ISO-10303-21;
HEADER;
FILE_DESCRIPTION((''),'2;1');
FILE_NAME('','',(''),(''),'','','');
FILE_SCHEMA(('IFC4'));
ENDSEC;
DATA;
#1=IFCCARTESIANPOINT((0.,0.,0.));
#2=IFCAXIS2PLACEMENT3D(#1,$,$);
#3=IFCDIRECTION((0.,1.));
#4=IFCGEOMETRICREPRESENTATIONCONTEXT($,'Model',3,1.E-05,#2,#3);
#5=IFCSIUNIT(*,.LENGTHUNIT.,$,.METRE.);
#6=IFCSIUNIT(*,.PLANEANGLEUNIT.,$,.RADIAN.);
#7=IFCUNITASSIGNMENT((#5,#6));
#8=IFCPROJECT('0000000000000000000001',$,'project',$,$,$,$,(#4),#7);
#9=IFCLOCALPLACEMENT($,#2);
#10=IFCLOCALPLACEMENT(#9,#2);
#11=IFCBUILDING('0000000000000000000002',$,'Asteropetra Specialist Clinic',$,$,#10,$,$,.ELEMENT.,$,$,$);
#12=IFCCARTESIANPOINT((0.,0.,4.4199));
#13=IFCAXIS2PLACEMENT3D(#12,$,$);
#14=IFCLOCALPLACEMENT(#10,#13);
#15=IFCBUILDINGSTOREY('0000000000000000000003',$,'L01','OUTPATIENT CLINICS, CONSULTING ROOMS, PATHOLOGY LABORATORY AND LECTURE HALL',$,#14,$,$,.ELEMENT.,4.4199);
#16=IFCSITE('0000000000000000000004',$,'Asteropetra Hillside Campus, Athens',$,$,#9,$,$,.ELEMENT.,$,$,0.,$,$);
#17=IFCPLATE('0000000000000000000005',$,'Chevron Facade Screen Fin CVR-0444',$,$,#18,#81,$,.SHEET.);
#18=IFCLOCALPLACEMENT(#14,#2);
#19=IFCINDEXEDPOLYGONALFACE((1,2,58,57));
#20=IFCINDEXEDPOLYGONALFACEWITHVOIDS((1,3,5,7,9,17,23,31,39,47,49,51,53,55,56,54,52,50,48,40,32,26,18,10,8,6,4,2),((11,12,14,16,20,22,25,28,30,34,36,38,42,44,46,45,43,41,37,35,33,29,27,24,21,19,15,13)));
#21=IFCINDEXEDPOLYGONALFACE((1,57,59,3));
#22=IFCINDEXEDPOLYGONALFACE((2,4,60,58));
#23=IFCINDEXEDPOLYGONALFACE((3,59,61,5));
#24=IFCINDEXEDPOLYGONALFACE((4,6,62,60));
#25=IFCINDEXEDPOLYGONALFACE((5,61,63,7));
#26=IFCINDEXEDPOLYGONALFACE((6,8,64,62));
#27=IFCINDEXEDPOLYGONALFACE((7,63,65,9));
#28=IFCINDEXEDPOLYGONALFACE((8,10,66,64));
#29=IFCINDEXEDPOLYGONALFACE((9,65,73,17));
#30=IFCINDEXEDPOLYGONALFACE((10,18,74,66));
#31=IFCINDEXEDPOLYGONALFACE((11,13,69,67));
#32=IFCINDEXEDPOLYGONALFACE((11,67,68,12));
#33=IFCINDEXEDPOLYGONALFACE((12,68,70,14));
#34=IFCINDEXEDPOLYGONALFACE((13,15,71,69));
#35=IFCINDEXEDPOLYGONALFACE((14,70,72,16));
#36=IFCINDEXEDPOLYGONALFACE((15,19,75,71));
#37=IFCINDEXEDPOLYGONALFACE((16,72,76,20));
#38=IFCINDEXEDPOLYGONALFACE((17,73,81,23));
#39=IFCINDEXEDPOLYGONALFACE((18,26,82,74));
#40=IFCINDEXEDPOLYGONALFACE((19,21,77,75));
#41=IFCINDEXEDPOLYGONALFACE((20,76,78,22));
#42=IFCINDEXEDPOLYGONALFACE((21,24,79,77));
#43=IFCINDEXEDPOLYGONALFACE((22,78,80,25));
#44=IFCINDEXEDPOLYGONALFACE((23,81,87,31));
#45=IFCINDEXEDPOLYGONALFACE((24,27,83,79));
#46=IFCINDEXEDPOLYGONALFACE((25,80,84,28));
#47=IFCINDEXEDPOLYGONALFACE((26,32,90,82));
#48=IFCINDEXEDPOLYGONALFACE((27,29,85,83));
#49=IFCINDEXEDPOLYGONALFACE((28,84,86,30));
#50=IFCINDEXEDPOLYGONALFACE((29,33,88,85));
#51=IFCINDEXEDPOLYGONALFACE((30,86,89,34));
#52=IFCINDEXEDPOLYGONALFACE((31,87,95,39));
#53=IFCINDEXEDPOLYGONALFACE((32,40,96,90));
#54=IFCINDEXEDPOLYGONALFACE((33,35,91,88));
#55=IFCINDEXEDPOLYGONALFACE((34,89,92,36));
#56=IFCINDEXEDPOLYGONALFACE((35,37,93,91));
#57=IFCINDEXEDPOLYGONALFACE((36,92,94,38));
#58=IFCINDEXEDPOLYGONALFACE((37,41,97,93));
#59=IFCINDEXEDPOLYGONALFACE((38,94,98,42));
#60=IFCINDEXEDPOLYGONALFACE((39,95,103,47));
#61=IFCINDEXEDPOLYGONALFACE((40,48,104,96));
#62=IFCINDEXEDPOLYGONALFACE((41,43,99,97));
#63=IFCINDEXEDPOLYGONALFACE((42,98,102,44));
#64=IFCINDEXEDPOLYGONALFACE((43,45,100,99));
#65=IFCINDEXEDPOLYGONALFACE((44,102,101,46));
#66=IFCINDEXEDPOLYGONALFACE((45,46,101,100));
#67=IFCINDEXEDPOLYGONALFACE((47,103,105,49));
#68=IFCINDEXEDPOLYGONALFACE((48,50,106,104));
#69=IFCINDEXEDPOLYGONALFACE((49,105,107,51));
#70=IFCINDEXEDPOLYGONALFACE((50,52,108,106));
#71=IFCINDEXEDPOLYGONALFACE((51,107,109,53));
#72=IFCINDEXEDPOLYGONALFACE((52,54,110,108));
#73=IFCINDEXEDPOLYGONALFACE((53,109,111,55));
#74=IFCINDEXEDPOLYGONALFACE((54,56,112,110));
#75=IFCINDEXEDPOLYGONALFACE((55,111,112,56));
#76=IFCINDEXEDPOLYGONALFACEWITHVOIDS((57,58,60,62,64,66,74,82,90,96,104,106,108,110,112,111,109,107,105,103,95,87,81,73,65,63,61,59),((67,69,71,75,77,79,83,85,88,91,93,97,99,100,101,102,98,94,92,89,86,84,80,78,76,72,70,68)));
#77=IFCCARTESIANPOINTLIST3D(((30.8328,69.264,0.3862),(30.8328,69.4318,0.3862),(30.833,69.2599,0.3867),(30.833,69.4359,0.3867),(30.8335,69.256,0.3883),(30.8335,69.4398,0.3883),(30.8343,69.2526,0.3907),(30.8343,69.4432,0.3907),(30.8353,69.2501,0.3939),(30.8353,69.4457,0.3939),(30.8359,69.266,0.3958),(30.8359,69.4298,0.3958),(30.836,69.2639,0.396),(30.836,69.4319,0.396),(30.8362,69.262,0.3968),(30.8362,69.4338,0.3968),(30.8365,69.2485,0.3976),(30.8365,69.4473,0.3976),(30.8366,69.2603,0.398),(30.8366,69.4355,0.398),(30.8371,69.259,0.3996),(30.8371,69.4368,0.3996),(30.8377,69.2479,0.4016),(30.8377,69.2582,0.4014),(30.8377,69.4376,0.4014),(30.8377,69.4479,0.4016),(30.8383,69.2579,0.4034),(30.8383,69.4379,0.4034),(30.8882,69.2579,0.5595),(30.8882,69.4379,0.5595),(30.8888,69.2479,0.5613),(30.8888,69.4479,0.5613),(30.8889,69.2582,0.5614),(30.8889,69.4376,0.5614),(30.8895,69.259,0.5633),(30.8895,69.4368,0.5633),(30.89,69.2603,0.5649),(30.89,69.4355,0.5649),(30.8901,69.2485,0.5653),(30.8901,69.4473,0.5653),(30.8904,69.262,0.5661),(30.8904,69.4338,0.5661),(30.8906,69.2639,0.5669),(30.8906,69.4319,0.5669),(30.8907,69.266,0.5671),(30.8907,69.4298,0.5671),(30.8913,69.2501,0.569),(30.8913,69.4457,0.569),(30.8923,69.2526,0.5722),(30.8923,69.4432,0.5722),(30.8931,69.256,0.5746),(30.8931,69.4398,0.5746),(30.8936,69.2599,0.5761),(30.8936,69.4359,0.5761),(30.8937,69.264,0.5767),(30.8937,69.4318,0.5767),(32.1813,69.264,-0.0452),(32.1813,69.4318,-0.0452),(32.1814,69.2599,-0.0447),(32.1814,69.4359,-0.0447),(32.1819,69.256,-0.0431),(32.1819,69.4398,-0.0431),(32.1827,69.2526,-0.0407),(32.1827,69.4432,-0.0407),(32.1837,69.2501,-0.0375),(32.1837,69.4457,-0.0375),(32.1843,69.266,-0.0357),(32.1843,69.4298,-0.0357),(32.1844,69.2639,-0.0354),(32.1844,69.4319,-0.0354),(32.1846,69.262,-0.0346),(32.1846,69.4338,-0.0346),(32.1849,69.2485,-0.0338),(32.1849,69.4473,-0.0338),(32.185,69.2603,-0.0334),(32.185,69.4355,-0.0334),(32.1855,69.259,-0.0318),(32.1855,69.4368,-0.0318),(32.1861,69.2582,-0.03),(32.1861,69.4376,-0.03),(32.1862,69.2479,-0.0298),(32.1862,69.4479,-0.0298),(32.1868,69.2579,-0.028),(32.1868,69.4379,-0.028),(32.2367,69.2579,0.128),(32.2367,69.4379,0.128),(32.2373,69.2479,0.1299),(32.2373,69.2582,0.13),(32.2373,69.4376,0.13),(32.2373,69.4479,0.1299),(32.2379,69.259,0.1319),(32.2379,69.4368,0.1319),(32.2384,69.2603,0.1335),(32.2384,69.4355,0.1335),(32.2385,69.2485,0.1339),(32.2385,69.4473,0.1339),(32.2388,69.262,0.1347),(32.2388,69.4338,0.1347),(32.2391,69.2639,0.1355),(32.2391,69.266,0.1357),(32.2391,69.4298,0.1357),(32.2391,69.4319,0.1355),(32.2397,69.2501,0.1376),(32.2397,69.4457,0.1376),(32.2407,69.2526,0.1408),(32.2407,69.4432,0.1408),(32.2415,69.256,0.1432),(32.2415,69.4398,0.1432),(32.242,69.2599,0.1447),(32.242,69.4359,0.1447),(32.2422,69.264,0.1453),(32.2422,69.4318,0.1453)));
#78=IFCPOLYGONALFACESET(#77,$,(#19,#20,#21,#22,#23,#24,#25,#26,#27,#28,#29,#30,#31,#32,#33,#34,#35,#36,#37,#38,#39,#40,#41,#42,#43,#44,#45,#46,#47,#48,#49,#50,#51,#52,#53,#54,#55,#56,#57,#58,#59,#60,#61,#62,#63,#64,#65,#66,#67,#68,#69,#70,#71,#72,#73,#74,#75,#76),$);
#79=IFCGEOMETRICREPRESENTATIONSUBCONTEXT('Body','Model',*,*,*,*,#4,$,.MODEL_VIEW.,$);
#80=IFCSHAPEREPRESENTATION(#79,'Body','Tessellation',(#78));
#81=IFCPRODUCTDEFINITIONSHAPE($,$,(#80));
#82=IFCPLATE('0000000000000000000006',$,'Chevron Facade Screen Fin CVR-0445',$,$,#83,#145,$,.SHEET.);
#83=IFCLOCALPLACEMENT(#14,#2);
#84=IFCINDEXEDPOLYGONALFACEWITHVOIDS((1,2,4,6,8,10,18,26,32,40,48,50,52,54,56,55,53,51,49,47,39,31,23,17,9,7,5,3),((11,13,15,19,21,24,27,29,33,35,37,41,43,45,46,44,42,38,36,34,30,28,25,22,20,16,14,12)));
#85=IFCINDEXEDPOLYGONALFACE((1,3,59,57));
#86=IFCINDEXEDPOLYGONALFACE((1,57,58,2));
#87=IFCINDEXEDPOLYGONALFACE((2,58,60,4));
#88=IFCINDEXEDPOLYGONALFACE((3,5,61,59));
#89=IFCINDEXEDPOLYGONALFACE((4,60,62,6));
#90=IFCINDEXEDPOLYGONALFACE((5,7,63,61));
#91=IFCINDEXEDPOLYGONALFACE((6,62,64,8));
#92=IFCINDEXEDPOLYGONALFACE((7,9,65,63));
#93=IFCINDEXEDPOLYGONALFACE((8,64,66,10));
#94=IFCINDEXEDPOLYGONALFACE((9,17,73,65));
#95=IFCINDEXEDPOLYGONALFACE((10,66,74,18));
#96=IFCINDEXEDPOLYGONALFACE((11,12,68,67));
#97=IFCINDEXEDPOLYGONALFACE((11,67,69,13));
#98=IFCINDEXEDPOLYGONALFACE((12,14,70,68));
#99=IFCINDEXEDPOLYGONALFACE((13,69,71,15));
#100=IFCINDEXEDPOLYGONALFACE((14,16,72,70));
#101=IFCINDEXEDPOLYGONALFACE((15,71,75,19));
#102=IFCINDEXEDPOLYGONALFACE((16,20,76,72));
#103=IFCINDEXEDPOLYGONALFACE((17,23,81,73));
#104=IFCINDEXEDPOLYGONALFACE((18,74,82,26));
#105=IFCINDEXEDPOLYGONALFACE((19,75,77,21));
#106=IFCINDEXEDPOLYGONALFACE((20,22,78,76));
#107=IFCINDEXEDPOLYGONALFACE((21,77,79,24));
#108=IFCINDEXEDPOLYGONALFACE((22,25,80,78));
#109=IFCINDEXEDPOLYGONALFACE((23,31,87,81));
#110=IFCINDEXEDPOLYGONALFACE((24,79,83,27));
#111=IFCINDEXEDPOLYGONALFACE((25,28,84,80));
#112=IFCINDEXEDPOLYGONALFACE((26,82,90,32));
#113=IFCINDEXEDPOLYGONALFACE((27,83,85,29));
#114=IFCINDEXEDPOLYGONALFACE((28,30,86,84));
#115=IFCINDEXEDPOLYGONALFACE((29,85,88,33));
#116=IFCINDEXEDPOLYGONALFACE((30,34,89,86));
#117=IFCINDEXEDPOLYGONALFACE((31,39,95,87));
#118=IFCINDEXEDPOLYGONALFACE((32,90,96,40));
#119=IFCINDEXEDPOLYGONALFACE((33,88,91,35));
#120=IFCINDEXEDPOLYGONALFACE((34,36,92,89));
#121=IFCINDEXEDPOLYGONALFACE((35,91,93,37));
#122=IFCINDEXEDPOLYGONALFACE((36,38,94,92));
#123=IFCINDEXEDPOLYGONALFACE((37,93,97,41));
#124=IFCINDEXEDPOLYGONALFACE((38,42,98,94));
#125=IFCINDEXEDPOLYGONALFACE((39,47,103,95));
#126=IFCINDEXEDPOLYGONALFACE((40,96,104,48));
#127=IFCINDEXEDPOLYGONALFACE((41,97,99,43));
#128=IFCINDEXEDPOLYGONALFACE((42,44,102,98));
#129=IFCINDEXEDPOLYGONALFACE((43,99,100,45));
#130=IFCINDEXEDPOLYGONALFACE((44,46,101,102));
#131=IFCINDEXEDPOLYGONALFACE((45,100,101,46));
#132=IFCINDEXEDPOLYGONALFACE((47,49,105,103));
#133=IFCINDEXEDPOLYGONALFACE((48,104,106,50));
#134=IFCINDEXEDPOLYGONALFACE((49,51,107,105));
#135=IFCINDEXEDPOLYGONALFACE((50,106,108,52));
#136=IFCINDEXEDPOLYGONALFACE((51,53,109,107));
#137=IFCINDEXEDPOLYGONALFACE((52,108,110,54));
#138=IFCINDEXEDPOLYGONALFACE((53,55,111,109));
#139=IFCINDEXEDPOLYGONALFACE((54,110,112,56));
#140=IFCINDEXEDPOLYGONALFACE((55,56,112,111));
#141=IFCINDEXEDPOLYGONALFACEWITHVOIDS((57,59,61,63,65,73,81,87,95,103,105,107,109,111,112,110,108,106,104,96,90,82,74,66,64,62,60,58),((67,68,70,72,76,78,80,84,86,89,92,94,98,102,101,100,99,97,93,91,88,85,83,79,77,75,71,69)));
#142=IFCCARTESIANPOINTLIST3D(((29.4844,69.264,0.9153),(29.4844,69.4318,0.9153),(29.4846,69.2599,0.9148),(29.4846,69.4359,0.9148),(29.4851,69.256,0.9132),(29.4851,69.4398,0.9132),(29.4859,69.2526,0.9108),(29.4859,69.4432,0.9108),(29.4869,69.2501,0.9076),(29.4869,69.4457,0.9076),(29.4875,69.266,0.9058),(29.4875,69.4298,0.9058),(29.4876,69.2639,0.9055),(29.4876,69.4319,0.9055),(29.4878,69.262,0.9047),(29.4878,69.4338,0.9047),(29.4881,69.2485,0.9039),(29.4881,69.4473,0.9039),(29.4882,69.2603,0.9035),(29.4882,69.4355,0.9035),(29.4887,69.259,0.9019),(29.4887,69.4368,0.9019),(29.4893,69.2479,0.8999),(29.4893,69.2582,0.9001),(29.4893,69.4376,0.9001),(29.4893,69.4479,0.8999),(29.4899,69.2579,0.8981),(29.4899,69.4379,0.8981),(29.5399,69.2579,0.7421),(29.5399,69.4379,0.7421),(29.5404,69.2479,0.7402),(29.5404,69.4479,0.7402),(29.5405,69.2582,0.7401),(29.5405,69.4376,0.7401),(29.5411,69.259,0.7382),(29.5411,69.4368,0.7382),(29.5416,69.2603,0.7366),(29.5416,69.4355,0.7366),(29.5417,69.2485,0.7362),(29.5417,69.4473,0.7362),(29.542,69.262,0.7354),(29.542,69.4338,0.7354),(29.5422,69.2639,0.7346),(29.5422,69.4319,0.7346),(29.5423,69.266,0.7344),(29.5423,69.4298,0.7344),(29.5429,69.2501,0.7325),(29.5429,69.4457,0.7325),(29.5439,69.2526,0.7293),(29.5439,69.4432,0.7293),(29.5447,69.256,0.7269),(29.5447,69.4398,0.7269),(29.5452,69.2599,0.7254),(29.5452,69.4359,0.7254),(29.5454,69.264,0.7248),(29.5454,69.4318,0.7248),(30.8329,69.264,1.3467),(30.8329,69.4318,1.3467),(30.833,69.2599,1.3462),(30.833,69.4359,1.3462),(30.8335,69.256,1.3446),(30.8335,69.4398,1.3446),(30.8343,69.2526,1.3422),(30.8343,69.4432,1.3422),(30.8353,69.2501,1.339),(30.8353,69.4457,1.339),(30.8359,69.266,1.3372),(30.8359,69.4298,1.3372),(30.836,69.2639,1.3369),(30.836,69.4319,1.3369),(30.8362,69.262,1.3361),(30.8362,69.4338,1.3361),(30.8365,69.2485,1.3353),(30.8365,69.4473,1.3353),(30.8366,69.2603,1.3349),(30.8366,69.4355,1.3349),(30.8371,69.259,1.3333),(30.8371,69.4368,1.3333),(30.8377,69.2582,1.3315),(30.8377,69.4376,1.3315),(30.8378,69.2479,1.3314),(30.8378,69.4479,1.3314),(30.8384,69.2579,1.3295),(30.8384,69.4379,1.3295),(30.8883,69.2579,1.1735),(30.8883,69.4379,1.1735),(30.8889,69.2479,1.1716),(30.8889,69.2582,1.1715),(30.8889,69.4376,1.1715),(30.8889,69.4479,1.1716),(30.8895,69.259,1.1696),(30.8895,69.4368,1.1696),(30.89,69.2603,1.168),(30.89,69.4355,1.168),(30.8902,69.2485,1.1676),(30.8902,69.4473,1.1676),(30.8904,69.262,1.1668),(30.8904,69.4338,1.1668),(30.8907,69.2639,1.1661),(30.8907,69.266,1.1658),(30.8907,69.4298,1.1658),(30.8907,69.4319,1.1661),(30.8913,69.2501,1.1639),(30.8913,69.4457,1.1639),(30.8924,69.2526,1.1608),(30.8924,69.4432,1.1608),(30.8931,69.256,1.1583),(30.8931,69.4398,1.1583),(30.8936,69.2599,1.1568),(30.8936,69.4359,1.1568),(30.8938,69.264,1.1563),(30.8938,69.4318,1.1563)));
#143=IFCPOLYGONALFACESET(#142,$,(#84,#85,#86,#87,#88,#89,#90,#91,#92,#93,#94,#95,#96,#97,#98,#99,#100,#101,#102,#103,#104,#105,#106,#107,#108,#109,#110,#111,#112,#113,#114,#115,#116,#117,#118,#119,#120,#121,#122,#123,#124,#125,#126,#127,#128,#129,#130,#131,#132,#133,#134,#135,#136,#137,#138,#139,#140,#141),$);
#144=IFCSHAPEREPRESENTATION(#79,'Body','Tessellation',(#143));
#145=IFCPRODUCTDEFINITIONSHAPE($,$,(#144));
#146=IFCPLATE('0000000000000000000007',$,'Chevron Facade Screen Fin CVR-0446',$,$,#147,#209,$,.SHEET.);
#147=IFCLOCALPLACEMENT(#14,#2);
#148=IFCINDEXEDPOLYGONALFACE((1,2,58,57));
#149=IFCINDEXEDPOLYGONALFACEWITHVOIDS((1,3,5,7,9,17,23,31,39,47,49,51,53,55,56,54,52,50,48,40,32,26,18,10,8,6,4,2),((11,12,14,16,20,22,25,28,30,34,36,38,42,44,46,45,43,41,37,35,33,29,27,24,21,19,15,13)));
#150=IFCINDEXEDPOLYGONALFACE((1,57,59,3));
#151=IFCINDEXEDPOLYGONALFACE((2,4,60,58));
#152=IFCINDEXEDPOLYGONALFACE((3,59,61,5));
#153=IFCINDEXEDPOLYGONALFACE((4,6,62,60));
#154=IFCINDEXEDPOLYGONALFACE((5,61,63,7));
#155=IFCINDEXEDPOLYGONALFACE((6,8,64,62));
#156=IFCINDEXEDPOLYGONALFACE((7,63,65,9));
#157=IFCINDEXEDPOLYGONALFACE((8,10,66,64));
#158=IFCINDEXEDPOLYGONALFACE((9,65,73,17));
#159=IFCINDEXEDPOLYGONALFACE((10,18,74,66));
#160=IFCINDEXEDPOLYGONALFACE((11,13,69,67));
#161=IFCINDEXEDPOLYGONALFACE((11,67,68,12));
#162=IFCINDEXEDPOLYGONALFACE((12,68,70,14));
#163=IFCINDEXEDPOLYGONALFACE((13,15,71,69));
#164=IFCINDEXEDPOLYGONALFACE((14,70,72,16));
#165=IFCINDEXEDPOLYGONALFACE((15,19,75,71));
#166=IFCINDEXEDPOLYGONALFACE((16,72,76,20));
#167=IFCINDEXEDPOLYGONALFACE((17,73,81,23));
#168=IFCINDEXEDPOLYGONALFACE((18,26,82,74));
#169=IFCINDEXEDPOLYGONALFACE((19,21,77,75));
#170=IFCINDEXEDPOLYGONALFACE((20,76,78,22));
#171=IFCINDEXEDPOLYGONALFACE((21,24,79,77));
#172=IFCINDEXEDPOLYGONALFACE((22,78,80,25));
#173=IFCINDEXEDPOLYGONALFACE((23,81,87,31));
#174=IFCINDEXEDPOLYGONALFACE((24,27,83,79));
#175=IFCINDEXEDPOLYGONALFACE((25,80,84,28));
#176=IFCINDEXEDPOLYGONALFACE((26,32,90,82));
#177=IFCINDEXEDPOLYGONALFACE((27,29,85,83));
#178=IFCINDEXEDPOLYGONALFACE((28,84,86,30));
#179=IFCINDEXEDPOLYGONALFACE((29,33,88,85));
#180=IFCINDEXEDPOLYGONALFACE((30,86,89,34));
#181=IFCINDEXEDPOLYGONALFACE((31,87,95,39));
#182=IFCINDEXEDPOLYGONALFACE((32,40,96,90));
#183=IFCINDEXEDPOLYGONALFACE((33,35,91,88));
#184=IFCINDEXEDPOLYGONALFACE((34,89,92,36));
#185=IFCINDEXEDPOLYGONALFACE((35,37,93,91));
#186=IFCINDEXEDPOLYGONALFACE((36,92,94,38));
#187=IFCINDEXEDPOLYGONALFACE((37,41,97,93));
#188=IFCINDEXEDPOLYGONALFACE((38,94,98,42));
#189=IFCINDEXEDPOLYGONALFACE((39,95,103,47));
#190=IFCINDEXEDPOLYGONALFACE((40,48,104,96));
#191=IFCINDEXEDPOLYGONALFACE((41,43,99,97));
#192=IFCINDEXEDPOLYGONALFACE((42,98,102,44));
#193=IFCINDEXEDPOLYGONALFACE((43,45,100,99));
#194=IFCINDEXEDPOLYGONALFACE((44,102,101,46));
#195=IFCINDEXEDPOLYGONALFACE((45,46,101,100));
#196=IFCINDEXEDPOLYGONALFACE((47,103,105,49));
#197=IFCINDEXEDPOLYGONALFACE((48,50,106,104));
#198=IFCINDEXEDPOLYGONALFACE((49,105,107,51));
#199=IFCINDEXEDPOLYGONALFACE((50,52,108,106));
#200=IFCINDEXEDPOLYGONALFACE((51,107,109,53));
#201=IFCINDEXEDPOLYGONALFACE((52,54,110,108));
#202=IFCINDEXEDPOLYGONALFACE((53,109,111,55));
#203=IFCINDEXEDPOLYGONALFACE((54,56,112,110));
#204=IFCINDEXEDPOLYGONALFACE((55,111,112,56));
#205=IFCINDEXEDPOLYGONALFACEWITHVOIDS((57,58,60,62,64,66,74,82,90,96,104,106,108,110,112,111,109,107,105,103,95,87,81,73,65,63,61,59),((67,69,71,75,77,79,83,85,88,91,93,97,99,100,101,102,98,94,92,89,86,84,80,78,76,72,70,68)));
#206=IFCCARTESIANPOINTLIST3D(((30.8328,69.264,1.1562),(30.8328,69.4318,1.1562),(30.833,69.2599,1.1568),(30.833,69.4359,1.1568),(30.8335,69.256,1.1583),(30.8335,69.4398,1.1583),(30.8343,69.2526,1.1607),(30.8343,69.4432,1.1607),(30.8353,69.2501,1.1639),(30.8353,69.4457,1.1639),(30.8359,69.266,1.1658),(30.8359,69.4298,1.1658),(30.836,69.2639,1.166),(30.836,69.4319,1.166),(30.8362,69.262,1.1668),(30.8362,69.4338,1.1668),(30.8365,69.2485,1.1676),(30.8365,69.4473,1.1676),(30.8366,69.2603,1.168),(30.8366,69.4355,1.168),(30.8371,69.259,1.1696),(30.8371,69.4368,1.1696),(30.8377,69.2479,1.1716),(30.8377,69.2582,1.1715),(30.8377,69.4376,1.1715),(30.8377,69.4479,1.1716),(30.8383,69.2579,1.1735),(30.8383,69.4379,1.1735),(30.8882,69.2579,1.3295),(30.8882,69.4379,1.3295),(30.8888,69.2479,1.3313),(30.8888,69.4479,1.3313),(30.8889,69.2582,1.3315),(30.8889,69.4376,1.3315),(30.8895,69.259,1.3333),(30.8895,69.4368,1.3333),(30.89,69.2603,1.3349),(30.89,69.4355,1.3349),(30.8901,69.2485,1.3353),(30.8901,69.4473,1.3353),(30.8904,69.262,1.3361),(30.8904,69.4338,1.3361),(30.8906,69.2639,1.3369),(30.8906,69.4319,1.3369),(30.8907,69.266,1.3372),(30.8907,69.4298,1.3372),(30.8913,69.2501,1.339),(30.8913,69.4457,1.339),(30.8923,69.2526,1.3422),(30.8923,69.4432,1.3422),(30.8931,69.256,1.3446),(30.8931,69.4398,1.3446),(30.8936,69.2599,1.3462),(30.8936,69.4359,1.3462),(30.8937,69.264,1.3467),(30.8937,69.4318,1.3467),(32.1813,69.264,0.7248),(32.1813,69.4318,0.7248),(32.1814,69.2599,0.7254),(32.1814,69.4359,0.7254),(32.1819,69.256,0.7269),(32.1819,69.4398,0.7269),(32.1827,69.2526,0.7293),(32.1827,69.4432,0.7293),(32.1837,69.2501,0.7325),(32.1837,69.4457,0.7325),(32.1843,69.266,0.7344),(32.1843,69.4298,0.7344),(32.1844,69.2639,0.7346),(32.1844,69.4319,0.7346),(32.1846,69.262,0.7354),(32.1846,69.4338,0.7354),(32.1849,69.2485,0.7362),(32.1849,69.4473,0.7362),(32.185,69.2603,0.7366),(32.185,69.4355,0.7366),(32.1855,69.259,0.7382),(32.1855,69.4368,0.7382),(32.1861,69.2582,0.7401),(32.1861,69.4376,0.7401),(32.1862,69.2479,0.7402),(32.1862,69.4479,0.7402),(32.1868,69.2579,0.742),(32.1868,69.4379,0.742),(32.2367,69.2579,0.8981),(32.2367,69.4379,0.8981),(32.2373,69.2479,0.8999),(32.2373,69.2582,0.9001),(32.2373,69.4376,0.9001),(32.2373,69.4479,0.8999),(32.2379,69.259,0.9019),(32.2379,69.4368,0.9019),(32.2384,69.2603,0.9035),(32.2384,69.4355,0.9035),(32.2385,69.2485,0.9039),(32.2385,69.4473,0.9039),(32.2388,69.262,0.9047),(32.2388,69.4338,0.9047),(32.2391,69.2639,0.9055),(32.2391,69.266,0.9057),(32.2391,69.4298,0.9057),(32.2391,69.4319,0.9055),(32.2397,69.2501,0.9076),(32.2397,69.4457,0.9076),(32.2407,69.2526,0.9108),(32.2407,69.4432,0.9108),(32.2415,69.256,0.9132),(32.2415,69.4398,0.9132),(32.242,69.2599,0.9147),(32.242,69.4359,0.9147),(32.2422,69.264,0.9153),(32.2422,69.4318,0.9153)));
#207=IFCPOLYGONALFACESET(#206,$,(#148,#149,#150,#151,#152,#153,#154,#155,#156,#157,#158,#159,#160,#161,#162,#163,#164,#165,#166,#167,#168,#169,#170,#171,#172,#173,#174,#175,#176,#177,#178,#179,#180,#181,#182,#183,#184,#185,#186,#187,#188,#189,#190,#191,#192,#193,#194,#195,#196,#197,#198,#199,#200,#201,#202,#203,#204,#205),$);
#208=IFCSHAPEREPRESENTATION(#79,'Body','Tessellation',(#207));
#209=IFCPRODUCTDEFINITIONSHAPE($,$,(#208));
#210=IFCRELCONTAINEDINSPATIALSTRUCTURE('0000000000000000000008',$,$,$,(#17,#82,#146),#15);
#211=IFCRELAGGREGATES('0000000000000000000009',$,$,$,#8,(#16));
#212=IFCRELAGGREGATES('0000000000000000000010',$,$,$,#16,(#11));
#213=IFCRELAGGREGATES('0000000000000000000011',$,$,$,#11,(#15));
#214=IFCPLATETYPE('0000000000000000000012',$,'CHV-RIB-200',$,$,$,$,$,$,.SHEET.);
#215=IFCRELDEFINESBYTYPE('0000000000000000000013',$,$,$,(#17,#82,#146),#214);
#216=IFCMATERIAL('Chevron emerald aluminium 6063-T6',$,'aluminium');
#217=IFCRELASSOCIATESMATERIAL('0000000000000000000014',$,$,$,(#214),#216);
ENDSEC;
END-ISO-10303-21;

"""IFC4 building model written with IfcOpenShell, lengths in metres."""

from ifc_helpers import new_model, si_unit, direction, frame, origin, origin_2d, place, context, subcontext, project, spatial, hollow_rectangle, extrude, material, material_profile, profile_set, type_object, element, save


model = new_model("IFC4")

# Units and contexts
model_context = context("Model", 3, precision=1e-05, world=origin(), true_north=direction((0.0, 1.0)))
body_context = subcontext(model_context, "Body", "Model", "MODEL_VIEW")
ifc_project = project(units=[si_unit("LENGTHUNIT", "METRE"), si_unit("PLANEANGLEUNIT", "RADIAN")], contexts=[model_context])

# Site, building, storey
site_placement = place(None, origin())
site = spatial("IfcSite", under=ifc_project, at=site_placement, Name="Asteropetra Hillside Campus, Athens", CompositionType="ELEMENT", RefElevation=0.0)
building_placement = place(site_placement, origin())
building = spatial("IfcBuilding", under=site, at=building_placement, Name="Asteropetra Specialist Clinic", CompositionType="ELEMENT")
storey_placement = place(building_placement, frame((0.0, 0.0, 4.4199)))
storey = spatial("IfcBuildingStorey", under=building, at=storey_placement, Name="L01", Description="OUTPATIENT CLINICS, CONSULTING ROOMS, PATHOLOGY LABORATORY AND LECTURE HALL", CompositionType="ELEMENT", Elevation=4.4199)

# Plates
ifc_material_1 = material(Name="Chevron emerald aluminium 6063-T6", Category="aluminium")
ifc_material_profile = material_profile(ifc_material_1, hollow_rectangle(XDim=0.2, YDim=0.2, WallThickness=0.01, InnerFilletRadius=0.0081, OuterFilletRadius=0.0161, at=origin_2d()), Name="SHS 200x200x10.0")
ifc_profile_set = profile_set([ifc_material_profile], Name="Chevron emerald aluminium 6063-T6")
plate_type = type_object("IfcPlateType", Name="CHV-RIB-200", PredefinedType="SHEET", material=ifc_profile_set)
for number, where, z_axis, x_axis, name in (
    (1, (30.8633, 69.3479, 0.4814), (0.952442, 0.0, -0.304719), (0.0, 1.0, 0.0), "Chevron Facade Screen Fin CVR-0444"),
    (2, (29.5149, 69.3479, 0.8201), (0.952442, 0.0, 0.304719), (0.0, 1.0, 0.0), "Chevron Facade Screen Fin CVR-0445"),
    (3, (30.8633, 69.3479, 1.2515), (0.952442, 0.0, -0.304719), (0.0, 1.0, 0.0), "Chevron Facade Screen Fin CVR-0446"),
):
    element("IfcPlate", number, at=place(storey_placement, frame(where, z_axis=z_axis, x_axis=x_axis)), inside=storey, type_object=plate_type, Name=name, PredefinedType="SHEET", context=body_context, shape_type="SweptSolid", body=[
        extrude(hollow_rectangle(XDim=0.2, YDim=0.2, WallThickness=0.01, InnerFilletRadius=0.0081, OuterFilletRadius=0.0161, at=origin_2d()), origin(), (0.0, 0.0, 1.0), 1.4158),
    ])

save(model, "model.ifc")
